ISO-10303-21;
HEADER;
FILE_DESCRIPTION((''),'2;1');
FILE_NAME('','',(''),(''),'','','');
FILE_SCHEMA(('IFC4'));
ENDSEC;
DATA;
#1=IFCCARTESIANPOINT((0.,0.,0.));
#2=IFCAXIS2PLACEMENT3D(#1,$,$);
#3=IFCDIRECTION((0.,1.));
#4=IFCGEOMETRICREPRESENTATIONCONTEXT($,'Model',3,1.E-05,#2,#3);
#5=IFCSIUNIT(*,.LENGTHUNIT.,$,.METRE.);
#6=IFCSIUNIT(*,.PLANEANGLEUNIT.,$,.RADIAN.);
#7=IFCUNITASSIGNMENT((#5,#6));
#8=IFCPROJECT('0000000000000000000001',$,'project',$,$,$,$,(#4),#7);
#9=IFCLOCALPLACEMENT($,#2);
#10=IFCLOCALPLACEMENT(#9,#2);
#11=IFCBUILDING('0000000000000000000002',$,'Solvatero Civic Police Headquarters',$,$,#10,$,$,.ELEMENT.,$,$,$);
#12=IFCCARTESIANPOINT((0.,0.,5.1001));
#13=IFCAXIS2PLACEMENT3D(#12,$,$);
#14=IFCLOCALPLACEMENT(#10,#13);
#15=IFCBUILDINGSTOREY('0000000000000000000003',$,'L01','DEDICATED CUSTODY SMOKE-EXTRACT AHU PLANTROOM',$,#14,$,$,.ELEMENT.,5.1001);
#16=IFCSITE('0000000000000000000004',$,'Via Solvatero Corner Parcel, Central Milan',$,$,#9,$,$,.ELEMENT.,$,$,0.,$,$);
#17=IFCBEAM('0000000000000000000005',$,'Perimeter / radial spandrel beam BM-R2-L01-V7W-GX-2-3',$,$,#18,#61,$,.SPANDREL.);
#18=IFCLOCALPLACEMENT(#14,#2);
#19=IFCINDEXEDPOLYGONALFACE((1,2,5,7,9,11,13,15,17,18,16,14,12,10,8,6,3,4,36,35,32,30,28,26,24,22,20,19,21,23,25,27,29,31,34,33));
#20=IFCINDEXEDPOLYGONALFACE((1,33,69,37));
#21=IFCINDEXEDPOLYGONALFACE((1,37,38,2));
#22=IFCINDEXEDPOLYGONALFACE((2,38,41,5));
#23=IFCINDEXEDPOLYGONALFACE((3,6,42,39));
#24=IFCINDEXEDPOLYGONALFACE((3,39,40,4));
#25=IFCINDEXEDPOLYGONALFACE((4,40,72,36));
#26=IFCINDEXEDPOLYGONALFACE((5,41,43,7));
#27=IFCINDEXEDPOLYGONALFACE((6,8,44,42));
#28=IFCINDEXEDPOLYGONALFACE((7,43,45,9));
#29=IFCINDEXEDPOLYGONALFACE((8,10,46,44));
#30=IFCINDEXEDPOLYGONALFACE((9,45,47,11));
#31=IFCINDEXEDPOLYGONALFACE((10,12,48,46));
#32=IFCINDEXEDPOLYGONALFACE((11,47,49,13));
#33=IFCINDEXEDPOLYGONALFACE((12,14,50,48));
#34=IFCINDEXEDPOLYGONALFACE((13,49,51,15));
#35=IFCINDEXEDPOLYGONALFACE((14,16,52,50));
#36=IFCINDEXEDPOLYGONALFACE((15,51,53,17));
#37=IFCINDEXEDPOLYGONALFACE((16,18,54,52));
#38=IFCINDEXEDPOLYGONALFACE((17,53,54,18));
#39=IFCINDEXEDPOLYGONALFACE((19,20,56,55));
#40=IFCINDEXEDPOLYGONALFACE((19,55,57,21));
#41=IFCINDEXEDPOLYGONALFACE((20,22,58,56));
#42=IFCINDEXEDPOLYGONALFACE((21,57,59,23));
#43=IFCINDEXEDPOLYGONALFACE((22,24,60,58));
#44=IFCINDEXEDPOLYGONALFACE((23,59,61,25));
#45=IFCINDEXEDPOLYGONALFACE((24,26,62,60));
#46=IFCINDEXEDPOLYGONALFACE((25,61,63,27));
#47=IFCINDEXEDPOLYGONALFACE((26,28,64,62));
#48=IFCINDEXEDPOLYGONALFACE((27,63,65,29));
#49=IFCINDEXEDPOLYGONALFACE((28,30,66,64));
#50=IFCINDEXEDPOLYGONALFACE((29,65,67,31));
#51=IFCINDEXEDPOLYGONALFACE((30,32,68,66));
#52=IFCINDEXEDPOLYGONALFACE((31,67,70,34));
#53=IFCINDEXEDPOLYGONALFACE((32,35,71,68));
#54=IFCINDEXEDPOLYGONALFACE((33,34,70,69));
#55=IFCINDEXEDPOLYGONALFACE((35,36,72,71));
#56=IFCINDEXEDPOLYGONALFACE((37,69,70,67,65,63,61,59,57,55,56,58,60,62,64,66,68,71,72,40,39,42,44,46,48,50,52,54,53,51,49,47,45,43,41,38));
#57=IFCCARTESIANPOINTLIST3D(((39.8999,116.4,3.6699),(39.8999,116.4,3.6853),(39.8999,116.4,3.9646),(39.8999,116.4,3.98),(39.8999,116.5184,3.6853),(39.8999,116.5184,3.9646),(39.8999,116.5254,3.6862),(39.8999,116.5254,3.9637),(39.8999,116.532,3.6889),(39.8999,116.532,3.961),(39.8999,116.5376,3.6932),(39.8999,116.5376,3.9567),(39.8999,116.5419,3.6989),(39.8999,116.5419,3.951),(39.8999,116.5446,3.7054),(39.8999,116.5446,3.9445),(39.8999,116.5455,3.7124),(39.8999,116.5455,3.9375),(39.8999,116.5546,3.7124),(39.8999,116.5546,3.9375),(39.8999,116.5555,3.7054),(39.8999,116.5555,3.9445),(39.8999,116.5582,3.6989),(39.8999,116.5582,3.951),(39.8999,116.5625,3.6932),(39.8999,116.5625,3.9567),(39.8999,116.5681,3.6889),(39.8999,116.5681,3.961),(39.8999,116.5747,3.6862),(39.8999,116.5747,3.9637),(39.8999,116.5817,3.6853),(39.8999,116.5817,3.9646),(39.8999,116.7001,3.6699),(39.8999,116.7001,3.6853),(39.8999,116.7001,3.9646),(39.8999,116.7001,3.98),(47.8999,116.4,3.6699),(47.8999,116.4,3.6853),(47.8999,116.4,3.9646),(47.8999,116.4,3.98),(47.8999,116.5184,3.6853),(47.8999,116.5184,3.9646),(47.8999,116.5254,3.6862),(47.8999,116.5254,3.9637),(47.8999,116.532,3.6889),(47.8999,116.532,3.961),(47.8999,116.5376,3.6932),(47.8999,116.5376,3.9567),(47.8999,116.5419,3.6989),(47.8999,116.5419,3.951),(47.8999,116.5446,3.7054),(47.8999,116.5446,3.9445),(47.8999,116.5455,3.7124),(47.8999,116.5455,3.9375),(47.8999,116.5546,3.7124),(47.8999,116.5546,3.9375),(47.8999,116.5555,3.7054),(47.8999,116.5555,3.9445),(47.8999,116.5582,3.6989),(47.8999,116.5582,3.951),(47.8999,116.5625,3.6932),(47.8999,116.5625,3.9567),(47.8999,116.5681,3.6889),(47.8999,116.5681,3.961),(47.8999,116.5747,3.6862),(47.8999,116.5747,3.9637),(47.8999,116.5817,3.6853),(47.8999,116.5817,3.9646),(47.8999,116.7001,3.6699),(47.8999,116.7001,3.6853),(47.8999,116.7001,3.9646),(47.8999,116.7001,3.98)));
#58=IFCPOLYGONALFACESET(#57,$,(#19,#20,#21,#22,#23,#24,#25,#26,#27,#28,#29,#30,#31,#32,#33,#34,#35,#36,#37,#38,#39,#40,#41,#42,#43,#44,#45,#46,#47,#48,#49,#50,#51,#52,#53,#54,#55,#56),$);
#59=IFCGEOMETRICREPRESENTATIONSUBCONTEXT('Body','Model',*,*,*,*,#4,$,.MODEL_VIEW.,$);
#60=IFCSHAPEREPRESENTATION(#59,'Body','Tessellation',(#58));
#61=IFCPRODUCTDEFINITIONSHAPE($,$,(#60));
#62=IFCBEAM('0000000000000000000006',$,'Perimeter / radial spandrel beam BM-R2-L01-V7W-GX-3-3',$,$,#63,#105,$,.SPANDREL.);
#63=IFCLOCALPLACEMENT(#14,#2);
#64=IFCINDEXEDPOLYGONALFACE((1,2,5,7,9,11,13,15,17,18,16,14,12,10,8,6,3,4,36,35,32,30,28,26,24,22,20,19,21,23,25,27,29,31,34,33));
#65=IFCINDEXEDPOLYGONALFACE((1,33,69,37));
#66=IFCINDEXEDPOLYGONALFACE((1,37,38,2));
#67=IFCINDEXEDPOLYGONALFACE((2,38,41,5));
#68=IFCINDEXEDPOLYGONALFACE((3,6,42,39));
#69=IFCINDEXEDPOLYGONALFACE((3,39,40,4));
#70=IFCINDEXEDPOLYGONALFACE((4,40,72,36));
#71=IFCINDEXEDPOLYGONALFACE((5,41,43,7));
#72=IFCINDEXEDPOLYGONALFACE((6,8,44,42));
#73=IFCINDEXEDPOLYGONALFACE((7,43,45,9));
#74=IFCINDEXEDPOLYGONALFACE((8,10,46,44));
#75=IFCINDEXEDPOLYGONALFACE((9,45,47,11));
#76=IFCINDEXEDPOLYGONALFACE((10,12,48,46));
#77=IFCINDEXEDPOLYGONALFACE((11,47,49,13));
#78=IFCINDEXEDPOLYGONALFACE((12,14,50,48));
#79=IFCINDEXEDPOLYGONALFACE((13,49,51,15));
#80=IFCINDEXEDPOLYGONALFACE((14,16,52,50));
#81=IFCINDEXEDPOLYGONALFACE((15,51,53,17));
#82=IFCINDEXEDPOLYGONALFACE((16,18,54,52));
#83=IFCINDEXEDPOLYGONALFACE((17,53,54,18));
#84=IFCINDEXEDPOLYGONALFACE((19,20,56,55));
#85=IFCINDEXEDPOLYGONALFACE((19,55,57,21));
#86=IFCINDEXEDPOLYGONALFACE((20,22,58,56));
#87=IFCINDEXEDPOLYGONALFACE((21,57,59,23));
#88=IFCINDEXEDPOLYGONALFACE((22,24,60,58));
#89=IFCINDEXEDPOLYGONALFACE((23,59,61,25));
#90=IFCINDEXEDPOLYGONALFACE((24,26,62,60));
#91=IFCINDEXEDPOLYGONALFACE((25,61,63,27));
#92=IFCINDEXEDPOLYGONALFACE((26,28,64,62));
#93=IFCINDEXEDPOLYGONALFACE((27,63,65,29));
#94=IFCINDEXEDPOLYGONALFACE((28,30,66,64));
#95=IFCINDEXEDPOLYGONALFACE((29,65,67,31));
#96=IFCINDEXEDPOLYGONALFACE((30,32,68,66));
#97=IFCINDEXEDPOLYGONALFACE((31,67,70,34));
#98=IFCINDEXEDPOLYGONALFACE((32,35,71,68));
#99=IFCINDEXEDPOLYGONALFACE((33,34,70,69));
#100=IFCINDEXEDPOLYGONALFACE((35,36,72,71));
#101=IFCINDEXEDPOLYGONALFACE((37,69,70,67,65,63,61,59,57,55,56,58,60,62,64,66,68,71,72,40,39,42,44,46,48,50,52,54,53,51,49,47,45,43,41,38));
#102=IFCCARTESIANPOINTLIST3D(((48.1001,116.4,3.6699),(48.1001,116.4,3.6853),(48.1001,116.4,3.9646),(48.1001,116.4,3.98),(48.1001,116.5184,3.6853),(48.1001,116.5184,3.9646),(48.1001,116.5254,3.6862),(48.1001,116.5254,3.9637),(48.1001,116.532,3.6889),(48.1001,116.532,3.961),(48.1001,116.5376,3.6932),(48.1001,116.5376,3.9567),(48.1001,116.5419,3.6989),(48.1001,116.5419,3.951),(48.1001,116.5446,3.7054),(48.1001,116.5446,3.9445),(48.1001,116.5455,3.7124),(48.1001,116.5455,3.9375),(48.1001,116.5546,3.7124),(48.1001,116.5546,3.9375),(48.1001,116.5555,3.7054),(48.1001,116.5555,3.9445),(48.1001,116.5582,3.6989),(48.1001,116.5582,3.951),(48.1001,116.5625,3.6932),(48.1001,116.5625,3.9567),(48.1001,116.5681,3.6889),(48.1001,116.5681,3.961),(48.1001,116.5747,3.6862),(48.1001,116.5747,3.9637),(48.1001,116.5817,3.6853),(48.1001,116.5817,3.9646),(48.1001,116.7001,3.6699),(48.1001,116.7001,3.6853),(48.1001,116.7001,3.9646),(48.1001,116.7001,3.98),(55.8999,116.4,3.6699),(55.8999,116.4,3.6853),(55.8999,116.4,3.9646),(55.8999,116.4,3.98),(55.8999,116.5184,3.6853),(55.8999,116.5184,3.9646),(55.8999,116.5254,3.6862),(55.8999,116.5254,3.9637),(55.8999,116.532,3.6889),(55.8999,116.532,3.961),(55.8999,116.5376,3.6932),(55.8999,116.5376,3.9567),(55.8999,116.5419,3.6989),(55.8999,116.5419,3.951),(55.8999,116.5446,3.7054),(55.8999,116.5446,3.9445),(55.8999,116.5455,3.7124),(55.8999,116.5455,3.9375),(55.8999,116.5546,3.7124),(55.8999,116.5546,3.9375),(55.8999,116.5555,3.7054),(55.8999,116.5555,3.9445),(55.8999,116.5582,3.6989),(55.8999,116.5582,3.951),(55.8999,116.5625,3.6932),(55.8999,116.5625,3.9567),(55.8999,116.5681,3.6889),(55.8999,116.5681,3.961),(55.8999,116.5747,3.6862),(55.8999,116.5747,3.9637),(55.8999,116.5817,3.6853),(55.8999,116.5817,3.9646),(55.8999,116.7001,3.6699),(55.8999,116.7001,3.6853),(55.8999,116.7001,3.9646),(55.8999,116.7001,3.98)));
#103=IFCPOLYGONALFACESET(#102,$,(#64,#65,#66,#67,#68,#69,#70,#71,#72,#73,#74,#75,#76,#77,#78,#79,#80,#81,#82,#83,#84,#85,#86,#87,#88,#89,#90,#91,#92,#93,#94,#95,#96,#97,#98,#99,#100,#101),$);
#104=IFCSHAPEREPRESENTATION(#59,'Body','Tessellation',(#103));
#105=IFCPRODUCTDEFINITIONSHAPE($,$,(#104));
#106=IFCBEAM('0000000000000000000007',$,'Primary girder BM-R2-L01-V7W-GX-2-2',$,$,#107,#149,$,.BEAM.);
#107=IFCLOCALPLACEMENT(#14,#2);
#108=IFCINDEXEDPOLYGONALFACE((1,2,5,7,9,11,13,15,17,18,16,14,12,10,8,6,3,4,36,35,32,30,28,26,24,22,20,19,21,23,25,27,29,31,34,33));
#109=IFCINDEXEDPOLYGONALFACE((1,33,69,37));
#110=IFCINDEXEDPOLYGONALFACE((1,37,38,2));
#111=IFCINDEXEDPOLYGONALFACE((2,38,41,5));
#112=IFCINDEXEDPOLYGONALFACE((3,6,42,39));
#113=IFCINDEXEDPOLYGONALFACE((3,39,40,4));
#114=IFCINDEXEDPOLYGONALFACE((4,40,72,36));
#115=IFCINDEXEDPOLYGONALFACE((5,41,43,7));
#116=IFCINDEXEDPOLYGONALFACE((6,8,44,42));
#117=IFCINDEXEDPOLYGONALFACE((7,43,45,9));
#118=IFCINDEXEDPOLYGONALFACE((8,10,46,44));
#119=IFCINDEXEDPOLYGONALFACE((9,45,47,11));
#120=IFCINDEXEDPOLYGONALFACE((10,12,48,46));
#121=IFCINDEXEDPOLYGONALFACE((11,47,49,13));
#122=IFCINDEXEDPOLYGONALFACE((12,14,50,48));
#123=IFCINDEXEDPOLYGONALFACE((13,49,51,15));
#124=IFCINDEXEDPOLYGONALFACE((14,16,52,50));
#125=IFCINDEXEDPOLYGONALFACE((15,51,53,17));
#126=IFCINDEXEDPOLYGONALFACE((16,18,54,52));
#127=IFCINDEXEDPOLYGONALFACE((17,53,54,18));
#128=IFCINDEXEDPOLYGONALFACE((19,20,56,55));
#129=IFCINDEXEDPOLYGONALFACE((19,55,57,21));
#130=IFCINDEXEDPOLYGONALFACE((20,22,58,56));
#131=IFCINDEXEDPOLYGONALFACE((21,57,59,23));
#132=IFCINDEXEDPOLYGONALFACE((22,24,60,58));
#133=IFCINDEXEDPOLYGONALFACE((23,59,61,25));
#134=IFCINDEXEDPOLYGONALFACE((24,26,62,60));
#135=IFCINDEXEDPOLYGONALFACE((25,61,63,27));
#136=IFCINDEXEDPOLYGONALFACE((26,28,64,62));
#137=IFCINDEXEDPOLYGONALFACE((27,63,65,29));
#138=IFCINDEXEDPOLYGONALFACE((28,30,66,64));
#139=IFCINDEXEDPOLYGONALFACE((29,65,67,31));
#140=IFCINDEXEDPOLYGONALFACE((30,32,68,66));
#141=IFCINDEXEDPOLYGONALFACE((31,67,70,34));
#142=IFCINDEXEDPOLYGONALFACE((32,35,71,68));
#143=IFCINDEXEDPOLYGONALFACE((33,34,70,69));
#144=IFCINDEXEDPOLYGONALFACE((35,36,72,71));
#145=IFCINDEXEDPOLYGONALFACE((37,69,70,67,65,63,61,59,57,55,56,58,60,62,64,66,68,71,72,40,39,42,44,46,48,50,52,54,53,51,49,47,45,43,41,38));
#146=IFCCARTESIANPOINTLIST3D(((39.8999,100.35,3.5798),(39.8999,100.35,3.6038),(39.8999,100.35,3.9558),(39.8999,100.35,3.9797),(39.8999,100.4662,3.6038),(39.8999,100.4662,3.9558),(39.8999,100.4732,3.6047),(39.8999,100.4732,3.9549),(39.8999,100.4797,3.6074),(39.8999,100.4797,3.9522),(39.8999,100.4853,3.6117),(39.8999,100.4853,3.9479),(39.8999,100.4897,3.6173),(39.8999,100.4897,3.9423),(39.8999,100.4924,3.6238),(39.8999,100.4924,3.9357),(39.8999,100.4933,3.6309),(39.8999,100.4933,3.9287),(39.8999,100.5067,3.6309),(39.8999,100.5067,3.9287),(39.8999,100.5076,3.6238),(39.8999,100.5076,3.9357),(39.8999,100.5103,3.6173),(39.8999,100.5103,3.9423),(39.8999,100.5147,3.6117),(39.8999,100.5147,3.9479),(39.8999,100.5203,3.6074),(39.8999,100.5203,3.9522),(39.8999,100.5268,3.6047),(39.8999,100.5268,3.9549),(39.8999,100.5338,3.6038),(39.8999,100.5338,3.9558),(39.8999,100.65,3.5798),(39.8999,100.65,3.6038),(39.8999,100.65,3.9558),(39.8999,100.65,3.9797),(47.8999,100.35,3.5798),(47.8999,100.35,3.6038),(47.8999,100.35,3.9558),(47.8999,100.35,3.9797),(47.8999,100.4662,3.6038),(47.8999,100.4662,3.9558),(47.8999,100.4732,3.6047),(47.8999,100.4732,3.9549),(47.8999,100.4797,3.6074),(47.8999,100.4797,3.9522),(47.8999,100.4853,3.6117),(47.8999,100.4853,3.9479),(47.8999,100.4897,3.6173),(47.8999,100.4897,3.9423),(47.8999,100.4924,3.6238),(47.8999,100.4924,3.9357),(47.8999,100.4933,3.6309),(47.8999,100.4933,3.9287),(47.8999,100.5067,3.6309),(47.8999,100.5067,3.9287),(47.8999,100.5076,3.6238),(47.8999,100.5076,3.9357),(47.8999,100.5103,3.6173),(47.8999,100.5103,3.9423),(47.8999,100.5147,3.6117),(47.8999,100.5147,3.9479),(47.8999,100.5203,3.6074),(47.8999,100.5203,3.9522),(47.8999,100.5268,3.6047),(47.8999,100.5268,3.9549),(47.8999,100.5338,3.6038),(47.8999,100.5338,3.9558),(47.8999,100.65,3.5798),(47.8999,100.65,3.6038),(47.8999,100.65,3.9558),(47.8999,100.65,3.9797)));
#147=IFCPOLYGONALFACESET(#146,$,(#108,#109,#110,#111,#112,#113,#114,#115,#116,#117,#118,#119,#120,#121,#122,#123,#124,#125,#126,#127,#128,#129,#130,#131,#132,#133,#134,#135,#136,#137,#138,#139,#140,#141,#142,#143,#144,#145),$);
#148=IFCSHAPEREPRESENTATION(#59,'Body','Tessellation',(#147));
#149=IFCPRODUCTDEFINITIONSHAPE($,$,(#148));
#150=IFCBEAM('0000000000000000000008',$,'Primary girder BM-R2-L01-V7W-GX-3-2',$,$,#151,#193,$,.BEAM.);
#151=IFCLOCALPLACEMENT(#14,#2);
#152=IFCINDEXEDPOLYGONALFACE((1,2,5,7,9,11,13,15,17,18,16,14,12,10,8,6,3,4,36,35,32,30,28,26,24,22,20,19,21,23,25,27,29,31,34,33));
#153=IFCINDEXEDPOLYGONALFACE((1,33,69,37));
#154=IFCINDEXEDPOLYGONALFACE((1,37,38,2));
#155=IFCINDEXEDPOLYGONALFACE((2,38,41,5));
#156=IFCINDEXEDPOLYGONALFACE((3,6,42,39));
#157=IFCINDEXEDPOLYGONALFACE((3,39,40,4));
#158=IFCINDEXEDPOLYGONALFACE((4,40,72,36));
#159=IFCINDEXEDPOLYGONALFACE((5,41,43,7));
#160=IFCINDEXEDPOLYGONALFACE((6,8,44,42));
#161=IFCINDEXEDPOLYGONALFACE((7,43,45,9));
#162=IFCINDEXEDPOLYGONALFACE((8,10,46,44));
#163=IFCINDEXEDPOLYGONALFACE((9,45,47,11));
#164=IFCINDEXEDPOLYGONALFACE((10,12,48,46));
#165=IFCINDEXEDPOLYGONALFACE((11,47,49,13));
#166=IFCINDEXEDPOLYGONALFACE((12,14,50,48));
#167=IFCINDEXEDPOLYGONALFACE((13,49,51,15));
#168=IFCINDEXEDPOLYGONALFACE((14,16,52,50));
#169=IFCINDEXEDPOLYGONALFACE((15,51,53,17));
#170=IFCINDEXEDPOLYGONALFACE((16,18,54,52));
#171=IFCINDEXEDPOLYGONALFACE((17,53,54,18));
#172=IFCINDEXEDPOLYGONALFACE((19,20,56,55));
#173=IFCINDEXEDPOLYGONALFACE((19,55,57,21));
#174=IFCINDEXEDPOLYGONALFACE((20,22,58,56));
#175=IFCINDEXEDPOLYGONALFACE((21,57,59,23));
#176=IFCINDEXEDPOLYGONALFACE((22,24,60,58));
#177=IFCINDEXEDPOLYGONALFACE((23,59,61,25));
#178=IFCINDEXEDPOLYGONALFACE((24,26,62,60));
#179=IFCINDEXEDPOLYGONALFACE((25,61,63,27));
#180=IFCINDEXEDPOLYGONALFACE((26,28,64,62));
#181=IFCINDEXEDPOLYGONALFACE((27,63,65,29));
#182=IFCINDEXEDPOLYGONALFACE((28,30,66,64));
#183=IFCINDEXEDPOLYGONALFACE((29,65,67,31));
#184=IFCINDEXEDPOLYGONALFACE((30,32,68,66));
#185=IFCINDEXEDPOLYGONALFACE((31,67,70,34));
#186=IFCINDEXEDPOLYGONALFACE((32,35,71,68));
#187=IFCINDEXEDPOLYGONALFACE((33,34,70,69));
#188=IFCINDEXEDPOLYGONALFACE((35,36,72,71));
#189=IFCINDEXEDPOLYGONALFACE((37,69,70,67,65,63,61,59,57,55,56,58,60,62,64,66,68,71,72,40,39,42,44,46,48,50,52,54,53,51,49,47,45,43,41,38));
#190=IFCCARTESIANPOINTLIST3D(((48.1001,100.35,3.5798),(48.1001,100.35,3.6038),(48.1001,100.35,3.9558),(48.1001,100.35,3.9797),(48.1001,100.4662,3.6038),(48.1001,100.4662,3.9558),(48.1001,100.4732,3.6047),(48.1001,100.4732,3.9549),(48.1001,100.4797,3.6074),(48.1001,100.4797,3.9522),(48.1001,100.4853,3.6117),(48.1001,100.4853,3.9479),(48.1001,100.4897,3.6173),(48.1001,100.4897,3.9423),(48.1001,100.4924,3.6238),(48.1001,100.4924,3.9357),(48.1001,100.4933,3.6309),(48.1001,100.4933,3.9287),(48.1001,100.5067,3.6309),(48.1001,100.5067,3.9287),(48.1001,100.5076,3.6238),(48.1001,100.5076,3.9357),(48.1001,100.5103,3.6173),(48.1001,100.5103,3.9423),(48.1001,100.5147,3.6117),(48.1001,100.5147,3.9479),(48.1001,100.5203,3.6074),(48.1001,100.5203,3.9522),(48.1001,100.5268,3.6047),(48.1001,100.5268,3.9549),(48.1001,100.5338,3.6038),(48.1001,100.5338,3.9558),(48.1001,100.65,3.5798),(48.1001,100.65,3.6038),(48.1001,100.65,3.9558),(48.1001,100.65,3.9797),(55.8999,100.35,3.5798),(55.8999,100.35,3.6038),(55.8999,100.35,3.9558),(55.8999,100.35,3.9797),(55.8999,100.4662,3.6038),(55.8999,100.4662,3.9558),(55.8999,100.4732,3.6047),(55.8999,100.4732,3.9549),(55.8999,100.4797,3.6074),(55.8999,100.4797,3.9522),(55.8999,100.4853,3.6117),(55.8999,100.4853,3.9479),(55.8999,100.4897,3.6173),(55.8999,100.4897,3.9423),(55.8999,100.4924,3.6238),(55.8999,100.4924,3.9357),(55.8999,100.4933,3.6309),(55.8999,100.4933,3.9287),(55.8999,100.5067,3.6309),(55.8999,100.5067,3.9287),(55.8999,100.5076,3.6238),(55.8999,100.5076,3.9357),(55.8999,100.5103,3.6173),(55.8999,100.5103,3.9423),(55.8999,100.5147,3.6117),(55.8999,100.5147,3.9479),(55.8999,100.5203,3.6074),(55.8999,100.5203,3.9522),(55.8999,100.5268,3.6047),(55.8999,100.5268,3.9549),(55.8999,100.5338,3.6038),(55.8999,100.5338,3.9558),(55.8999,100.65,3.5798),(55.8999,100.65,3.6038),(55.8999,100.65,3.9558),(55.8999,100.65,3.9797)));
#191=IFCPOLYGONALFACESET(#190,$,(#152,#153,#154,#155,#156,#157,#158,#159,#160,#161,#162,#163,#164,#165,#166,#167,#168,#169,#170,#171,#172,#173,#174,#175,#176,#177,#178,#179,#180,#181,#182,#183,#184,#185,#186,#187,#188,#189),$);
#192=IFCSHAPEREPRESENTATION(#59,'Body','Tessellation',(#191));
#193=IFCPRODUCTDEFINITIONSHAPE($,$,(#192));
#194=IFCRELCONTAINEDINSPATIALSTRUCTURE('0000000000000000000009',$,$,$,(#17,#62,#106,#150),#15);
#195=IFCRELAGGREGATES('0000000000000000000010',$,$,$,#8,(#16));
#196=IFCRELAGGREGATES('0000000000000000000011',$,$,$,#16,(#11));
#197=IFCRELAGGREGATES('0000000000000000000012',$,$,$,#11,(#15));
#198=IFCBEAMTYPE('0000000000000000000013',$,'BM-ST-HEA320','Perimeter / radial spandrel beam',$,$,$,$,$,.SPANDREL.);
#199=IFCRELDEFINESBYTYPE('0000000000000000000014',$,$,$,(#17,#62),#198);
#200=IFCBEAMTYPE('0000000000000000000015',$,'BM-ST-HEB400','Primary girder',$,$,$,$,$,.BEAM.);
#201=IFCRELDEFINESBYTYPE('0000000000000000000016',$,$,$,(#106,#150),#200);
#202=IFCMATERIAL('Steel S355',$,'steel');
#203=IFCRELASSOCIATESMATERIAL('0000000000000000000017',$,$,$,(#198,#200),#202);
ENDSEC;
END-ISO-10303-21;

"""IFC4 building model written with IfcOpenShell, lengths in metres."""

from ifc_helpers import new_model, si_unit, direction, frame, origin, origin_2d, place, context, subcontext, project, spatial, i_section, extrude, material, material_profile, profile_set, type_object, element, save


model = new_model("IFC4")

# Units and contexts
model_context = context("Model", 3, precision=1e-05, world=origin(), true_north=direction((0.0, 1.0)))
body_context = subcontext(model_context, "Body", "Model", "MODEL_VIEW")
ifc_project = project(units=[si_unit("LENGTHUNIT", "METRE"), si_unit("PLANEANGLEUNIT", "RADIAN")], contexts=[model_context])

# Site, building, storey
site_placement = place(None, origin())
site = spatial("IfcSite", under=ifc_project, at=site_placement, Name="Via Solvatero Corner Parcel, Central Milan", CompositionType="ELEMENT", RefElevation=0.0)
building_placement = place(site_placement, origin())
building = spatial("IfcBuilding", under=site, at=building_placement, Name="Solvatero Civic Police Headquarters", CompositionType="ELEMENT")
storey_placement = place(building_placement, frame((0.0, 0.0, 5.1001)))
storey = spatial("IfcBuildingStorey", under=building, at=storey_placement, Name="L01", Description="DEDICATED CUSTODY SMOKE-EXTRACT AHU PLANTROOM", CompositionType="ELEMENT", Elevation=5.1001)

# Shared definitions
ifc_material = material(Name="Steel S355", Category="steel")

# Beams
ifc_material_profile_1 = material_profile(ifc_material, i_section(OverallWidth=0.3, OverallDepth=0.3101, WebThickness=0.009, FlangeThickness=0.0154, FilletRadius=0.0271, at=origin_2d()), Name="HEA 320")
ifc_profile_set_1 = profile_set([ifc_material_profile_1], Name="Steel S355")
beam_type_1 = type_object("IfcBeamType", Name="BM-ST-HEA320", Description="Perimeter / radial spandrel beam", PredefinedType="SPANDREL", material=ifc_profile_set_1)
beam_1_placement = place(storey_placement, frame((39.8999, 116.55, 3.825), z_axis=(1.0, 0.0, 0.0), x_axis=(0.0, 1.0, 0.0)))
element("IfcBeam", 1, at=beam_1_placement, inside=storey, type_object=beam_type_1, Name="Perimeter / radial spandrel beam BM-R2-L01-V7W-GX-2-3", PredefinedType="SPANDREL", context=body_context, shape_type="SweptSolid", body=[
    extrude(i_section(OverallWidth=0.3, OverallDepth=0.3101, WebThickness=0.009, FlangeThickness=0.0154, FilletRadius=0.0271, at=origin_2d()), origin(), (0.0, 0.0, 1.0), 8.0),
])
beam_2_placement = place(storey_placement, frame((48.1001, 116.55, 3.825), z_axis=(1.0, 0.0, 0.0), x_axis=(0.0, 1.0, 0.0)))
element("IfcBeam", 2, at=beam_2_placement, inside=storey, type_object=beam_type_1, Name="Perimeter / radial spandrel beam BM-R2-L01-V7W-GX-3-3", PredefinedType="SPANDREL", context=body_context, shape_type="SweptSolid", body=[
    extrude(i_section(OverallWidth=0.3, OverallDepth=0.3101, WebThickness=0.009, FlangeThickness=0.0154, FilletRadius=0.0271, at=origin_2d()), origin(), (0.0, 0.0, 1.0), 7.7998),
])
ifc_material_profile_2 = material_profile(ifc_material, i_section(OverallWidth=0.3, OverallDepth=0.3999, WebThickness=0.0134, FlangeThickness=0.0239, FilletRadius=0.0271, at=origin_2d()), Name="HEB 400")
ifc_profile_set_2 = profile_set([ifc_material_profile_2], Name="Steel S355")
beam_type_2 = type_object("IfcBeamType", Name="BM-ST-HEB400", Description="Primary girder", PredefinedType="BEAM", material=ifc_profile_set_2)
beam_3_placement = place(storey_placement, frame((39.8999, 100.5, 3.7798), z_axis=(1.0, 0.0, 0.0), x_axis=(0.0, 1.0, 0.0)))
element("IfcBeam", 3, at=beam_3_placement, inside=storey, type_object=beam_type_2, Name="Primary girder BM-R2-L01-V7W-GX-2-2", PredefinedType="BEAM", context=body_context, shape_type="SweptSolid", body=[
    extrude(i_section(OverallWidth=0.3, OverallDepth=0.3999, WebThickness=0.0134, FlangeThickness=0.0239, FilletRadius=0.0271, at=origin_2d()), origin(), (0.0, 0.0, 1.0), 8.0),
])
beam_4_placement = place(storey_placement, frame((48.1001, 100.5, 3.7798), z_axis=(1.0, 0.0, 0.0), x_axis=(0.0, 1.0, 0.0)))
element("IfcBeam", 4, at=beam_4_placement, inside=storey, type_object=beam_type_2, Name="Primary girder BM-R2-L01-V7W-GX-3-2", PredefinedType="BEAM", context=body_context, shape_type="SweptSolid", body=[
    extrude(i_section(OverallWidth=0.3, OverallDepth=0.3999, WebThickness=0.0134, FlangeThickness=0.0239, FilletRadius=0.0271, at=origin_2d()), origin(), (0.0, 0.0, 1.0), 7.7998),
])

save(model, "model.ifc")
